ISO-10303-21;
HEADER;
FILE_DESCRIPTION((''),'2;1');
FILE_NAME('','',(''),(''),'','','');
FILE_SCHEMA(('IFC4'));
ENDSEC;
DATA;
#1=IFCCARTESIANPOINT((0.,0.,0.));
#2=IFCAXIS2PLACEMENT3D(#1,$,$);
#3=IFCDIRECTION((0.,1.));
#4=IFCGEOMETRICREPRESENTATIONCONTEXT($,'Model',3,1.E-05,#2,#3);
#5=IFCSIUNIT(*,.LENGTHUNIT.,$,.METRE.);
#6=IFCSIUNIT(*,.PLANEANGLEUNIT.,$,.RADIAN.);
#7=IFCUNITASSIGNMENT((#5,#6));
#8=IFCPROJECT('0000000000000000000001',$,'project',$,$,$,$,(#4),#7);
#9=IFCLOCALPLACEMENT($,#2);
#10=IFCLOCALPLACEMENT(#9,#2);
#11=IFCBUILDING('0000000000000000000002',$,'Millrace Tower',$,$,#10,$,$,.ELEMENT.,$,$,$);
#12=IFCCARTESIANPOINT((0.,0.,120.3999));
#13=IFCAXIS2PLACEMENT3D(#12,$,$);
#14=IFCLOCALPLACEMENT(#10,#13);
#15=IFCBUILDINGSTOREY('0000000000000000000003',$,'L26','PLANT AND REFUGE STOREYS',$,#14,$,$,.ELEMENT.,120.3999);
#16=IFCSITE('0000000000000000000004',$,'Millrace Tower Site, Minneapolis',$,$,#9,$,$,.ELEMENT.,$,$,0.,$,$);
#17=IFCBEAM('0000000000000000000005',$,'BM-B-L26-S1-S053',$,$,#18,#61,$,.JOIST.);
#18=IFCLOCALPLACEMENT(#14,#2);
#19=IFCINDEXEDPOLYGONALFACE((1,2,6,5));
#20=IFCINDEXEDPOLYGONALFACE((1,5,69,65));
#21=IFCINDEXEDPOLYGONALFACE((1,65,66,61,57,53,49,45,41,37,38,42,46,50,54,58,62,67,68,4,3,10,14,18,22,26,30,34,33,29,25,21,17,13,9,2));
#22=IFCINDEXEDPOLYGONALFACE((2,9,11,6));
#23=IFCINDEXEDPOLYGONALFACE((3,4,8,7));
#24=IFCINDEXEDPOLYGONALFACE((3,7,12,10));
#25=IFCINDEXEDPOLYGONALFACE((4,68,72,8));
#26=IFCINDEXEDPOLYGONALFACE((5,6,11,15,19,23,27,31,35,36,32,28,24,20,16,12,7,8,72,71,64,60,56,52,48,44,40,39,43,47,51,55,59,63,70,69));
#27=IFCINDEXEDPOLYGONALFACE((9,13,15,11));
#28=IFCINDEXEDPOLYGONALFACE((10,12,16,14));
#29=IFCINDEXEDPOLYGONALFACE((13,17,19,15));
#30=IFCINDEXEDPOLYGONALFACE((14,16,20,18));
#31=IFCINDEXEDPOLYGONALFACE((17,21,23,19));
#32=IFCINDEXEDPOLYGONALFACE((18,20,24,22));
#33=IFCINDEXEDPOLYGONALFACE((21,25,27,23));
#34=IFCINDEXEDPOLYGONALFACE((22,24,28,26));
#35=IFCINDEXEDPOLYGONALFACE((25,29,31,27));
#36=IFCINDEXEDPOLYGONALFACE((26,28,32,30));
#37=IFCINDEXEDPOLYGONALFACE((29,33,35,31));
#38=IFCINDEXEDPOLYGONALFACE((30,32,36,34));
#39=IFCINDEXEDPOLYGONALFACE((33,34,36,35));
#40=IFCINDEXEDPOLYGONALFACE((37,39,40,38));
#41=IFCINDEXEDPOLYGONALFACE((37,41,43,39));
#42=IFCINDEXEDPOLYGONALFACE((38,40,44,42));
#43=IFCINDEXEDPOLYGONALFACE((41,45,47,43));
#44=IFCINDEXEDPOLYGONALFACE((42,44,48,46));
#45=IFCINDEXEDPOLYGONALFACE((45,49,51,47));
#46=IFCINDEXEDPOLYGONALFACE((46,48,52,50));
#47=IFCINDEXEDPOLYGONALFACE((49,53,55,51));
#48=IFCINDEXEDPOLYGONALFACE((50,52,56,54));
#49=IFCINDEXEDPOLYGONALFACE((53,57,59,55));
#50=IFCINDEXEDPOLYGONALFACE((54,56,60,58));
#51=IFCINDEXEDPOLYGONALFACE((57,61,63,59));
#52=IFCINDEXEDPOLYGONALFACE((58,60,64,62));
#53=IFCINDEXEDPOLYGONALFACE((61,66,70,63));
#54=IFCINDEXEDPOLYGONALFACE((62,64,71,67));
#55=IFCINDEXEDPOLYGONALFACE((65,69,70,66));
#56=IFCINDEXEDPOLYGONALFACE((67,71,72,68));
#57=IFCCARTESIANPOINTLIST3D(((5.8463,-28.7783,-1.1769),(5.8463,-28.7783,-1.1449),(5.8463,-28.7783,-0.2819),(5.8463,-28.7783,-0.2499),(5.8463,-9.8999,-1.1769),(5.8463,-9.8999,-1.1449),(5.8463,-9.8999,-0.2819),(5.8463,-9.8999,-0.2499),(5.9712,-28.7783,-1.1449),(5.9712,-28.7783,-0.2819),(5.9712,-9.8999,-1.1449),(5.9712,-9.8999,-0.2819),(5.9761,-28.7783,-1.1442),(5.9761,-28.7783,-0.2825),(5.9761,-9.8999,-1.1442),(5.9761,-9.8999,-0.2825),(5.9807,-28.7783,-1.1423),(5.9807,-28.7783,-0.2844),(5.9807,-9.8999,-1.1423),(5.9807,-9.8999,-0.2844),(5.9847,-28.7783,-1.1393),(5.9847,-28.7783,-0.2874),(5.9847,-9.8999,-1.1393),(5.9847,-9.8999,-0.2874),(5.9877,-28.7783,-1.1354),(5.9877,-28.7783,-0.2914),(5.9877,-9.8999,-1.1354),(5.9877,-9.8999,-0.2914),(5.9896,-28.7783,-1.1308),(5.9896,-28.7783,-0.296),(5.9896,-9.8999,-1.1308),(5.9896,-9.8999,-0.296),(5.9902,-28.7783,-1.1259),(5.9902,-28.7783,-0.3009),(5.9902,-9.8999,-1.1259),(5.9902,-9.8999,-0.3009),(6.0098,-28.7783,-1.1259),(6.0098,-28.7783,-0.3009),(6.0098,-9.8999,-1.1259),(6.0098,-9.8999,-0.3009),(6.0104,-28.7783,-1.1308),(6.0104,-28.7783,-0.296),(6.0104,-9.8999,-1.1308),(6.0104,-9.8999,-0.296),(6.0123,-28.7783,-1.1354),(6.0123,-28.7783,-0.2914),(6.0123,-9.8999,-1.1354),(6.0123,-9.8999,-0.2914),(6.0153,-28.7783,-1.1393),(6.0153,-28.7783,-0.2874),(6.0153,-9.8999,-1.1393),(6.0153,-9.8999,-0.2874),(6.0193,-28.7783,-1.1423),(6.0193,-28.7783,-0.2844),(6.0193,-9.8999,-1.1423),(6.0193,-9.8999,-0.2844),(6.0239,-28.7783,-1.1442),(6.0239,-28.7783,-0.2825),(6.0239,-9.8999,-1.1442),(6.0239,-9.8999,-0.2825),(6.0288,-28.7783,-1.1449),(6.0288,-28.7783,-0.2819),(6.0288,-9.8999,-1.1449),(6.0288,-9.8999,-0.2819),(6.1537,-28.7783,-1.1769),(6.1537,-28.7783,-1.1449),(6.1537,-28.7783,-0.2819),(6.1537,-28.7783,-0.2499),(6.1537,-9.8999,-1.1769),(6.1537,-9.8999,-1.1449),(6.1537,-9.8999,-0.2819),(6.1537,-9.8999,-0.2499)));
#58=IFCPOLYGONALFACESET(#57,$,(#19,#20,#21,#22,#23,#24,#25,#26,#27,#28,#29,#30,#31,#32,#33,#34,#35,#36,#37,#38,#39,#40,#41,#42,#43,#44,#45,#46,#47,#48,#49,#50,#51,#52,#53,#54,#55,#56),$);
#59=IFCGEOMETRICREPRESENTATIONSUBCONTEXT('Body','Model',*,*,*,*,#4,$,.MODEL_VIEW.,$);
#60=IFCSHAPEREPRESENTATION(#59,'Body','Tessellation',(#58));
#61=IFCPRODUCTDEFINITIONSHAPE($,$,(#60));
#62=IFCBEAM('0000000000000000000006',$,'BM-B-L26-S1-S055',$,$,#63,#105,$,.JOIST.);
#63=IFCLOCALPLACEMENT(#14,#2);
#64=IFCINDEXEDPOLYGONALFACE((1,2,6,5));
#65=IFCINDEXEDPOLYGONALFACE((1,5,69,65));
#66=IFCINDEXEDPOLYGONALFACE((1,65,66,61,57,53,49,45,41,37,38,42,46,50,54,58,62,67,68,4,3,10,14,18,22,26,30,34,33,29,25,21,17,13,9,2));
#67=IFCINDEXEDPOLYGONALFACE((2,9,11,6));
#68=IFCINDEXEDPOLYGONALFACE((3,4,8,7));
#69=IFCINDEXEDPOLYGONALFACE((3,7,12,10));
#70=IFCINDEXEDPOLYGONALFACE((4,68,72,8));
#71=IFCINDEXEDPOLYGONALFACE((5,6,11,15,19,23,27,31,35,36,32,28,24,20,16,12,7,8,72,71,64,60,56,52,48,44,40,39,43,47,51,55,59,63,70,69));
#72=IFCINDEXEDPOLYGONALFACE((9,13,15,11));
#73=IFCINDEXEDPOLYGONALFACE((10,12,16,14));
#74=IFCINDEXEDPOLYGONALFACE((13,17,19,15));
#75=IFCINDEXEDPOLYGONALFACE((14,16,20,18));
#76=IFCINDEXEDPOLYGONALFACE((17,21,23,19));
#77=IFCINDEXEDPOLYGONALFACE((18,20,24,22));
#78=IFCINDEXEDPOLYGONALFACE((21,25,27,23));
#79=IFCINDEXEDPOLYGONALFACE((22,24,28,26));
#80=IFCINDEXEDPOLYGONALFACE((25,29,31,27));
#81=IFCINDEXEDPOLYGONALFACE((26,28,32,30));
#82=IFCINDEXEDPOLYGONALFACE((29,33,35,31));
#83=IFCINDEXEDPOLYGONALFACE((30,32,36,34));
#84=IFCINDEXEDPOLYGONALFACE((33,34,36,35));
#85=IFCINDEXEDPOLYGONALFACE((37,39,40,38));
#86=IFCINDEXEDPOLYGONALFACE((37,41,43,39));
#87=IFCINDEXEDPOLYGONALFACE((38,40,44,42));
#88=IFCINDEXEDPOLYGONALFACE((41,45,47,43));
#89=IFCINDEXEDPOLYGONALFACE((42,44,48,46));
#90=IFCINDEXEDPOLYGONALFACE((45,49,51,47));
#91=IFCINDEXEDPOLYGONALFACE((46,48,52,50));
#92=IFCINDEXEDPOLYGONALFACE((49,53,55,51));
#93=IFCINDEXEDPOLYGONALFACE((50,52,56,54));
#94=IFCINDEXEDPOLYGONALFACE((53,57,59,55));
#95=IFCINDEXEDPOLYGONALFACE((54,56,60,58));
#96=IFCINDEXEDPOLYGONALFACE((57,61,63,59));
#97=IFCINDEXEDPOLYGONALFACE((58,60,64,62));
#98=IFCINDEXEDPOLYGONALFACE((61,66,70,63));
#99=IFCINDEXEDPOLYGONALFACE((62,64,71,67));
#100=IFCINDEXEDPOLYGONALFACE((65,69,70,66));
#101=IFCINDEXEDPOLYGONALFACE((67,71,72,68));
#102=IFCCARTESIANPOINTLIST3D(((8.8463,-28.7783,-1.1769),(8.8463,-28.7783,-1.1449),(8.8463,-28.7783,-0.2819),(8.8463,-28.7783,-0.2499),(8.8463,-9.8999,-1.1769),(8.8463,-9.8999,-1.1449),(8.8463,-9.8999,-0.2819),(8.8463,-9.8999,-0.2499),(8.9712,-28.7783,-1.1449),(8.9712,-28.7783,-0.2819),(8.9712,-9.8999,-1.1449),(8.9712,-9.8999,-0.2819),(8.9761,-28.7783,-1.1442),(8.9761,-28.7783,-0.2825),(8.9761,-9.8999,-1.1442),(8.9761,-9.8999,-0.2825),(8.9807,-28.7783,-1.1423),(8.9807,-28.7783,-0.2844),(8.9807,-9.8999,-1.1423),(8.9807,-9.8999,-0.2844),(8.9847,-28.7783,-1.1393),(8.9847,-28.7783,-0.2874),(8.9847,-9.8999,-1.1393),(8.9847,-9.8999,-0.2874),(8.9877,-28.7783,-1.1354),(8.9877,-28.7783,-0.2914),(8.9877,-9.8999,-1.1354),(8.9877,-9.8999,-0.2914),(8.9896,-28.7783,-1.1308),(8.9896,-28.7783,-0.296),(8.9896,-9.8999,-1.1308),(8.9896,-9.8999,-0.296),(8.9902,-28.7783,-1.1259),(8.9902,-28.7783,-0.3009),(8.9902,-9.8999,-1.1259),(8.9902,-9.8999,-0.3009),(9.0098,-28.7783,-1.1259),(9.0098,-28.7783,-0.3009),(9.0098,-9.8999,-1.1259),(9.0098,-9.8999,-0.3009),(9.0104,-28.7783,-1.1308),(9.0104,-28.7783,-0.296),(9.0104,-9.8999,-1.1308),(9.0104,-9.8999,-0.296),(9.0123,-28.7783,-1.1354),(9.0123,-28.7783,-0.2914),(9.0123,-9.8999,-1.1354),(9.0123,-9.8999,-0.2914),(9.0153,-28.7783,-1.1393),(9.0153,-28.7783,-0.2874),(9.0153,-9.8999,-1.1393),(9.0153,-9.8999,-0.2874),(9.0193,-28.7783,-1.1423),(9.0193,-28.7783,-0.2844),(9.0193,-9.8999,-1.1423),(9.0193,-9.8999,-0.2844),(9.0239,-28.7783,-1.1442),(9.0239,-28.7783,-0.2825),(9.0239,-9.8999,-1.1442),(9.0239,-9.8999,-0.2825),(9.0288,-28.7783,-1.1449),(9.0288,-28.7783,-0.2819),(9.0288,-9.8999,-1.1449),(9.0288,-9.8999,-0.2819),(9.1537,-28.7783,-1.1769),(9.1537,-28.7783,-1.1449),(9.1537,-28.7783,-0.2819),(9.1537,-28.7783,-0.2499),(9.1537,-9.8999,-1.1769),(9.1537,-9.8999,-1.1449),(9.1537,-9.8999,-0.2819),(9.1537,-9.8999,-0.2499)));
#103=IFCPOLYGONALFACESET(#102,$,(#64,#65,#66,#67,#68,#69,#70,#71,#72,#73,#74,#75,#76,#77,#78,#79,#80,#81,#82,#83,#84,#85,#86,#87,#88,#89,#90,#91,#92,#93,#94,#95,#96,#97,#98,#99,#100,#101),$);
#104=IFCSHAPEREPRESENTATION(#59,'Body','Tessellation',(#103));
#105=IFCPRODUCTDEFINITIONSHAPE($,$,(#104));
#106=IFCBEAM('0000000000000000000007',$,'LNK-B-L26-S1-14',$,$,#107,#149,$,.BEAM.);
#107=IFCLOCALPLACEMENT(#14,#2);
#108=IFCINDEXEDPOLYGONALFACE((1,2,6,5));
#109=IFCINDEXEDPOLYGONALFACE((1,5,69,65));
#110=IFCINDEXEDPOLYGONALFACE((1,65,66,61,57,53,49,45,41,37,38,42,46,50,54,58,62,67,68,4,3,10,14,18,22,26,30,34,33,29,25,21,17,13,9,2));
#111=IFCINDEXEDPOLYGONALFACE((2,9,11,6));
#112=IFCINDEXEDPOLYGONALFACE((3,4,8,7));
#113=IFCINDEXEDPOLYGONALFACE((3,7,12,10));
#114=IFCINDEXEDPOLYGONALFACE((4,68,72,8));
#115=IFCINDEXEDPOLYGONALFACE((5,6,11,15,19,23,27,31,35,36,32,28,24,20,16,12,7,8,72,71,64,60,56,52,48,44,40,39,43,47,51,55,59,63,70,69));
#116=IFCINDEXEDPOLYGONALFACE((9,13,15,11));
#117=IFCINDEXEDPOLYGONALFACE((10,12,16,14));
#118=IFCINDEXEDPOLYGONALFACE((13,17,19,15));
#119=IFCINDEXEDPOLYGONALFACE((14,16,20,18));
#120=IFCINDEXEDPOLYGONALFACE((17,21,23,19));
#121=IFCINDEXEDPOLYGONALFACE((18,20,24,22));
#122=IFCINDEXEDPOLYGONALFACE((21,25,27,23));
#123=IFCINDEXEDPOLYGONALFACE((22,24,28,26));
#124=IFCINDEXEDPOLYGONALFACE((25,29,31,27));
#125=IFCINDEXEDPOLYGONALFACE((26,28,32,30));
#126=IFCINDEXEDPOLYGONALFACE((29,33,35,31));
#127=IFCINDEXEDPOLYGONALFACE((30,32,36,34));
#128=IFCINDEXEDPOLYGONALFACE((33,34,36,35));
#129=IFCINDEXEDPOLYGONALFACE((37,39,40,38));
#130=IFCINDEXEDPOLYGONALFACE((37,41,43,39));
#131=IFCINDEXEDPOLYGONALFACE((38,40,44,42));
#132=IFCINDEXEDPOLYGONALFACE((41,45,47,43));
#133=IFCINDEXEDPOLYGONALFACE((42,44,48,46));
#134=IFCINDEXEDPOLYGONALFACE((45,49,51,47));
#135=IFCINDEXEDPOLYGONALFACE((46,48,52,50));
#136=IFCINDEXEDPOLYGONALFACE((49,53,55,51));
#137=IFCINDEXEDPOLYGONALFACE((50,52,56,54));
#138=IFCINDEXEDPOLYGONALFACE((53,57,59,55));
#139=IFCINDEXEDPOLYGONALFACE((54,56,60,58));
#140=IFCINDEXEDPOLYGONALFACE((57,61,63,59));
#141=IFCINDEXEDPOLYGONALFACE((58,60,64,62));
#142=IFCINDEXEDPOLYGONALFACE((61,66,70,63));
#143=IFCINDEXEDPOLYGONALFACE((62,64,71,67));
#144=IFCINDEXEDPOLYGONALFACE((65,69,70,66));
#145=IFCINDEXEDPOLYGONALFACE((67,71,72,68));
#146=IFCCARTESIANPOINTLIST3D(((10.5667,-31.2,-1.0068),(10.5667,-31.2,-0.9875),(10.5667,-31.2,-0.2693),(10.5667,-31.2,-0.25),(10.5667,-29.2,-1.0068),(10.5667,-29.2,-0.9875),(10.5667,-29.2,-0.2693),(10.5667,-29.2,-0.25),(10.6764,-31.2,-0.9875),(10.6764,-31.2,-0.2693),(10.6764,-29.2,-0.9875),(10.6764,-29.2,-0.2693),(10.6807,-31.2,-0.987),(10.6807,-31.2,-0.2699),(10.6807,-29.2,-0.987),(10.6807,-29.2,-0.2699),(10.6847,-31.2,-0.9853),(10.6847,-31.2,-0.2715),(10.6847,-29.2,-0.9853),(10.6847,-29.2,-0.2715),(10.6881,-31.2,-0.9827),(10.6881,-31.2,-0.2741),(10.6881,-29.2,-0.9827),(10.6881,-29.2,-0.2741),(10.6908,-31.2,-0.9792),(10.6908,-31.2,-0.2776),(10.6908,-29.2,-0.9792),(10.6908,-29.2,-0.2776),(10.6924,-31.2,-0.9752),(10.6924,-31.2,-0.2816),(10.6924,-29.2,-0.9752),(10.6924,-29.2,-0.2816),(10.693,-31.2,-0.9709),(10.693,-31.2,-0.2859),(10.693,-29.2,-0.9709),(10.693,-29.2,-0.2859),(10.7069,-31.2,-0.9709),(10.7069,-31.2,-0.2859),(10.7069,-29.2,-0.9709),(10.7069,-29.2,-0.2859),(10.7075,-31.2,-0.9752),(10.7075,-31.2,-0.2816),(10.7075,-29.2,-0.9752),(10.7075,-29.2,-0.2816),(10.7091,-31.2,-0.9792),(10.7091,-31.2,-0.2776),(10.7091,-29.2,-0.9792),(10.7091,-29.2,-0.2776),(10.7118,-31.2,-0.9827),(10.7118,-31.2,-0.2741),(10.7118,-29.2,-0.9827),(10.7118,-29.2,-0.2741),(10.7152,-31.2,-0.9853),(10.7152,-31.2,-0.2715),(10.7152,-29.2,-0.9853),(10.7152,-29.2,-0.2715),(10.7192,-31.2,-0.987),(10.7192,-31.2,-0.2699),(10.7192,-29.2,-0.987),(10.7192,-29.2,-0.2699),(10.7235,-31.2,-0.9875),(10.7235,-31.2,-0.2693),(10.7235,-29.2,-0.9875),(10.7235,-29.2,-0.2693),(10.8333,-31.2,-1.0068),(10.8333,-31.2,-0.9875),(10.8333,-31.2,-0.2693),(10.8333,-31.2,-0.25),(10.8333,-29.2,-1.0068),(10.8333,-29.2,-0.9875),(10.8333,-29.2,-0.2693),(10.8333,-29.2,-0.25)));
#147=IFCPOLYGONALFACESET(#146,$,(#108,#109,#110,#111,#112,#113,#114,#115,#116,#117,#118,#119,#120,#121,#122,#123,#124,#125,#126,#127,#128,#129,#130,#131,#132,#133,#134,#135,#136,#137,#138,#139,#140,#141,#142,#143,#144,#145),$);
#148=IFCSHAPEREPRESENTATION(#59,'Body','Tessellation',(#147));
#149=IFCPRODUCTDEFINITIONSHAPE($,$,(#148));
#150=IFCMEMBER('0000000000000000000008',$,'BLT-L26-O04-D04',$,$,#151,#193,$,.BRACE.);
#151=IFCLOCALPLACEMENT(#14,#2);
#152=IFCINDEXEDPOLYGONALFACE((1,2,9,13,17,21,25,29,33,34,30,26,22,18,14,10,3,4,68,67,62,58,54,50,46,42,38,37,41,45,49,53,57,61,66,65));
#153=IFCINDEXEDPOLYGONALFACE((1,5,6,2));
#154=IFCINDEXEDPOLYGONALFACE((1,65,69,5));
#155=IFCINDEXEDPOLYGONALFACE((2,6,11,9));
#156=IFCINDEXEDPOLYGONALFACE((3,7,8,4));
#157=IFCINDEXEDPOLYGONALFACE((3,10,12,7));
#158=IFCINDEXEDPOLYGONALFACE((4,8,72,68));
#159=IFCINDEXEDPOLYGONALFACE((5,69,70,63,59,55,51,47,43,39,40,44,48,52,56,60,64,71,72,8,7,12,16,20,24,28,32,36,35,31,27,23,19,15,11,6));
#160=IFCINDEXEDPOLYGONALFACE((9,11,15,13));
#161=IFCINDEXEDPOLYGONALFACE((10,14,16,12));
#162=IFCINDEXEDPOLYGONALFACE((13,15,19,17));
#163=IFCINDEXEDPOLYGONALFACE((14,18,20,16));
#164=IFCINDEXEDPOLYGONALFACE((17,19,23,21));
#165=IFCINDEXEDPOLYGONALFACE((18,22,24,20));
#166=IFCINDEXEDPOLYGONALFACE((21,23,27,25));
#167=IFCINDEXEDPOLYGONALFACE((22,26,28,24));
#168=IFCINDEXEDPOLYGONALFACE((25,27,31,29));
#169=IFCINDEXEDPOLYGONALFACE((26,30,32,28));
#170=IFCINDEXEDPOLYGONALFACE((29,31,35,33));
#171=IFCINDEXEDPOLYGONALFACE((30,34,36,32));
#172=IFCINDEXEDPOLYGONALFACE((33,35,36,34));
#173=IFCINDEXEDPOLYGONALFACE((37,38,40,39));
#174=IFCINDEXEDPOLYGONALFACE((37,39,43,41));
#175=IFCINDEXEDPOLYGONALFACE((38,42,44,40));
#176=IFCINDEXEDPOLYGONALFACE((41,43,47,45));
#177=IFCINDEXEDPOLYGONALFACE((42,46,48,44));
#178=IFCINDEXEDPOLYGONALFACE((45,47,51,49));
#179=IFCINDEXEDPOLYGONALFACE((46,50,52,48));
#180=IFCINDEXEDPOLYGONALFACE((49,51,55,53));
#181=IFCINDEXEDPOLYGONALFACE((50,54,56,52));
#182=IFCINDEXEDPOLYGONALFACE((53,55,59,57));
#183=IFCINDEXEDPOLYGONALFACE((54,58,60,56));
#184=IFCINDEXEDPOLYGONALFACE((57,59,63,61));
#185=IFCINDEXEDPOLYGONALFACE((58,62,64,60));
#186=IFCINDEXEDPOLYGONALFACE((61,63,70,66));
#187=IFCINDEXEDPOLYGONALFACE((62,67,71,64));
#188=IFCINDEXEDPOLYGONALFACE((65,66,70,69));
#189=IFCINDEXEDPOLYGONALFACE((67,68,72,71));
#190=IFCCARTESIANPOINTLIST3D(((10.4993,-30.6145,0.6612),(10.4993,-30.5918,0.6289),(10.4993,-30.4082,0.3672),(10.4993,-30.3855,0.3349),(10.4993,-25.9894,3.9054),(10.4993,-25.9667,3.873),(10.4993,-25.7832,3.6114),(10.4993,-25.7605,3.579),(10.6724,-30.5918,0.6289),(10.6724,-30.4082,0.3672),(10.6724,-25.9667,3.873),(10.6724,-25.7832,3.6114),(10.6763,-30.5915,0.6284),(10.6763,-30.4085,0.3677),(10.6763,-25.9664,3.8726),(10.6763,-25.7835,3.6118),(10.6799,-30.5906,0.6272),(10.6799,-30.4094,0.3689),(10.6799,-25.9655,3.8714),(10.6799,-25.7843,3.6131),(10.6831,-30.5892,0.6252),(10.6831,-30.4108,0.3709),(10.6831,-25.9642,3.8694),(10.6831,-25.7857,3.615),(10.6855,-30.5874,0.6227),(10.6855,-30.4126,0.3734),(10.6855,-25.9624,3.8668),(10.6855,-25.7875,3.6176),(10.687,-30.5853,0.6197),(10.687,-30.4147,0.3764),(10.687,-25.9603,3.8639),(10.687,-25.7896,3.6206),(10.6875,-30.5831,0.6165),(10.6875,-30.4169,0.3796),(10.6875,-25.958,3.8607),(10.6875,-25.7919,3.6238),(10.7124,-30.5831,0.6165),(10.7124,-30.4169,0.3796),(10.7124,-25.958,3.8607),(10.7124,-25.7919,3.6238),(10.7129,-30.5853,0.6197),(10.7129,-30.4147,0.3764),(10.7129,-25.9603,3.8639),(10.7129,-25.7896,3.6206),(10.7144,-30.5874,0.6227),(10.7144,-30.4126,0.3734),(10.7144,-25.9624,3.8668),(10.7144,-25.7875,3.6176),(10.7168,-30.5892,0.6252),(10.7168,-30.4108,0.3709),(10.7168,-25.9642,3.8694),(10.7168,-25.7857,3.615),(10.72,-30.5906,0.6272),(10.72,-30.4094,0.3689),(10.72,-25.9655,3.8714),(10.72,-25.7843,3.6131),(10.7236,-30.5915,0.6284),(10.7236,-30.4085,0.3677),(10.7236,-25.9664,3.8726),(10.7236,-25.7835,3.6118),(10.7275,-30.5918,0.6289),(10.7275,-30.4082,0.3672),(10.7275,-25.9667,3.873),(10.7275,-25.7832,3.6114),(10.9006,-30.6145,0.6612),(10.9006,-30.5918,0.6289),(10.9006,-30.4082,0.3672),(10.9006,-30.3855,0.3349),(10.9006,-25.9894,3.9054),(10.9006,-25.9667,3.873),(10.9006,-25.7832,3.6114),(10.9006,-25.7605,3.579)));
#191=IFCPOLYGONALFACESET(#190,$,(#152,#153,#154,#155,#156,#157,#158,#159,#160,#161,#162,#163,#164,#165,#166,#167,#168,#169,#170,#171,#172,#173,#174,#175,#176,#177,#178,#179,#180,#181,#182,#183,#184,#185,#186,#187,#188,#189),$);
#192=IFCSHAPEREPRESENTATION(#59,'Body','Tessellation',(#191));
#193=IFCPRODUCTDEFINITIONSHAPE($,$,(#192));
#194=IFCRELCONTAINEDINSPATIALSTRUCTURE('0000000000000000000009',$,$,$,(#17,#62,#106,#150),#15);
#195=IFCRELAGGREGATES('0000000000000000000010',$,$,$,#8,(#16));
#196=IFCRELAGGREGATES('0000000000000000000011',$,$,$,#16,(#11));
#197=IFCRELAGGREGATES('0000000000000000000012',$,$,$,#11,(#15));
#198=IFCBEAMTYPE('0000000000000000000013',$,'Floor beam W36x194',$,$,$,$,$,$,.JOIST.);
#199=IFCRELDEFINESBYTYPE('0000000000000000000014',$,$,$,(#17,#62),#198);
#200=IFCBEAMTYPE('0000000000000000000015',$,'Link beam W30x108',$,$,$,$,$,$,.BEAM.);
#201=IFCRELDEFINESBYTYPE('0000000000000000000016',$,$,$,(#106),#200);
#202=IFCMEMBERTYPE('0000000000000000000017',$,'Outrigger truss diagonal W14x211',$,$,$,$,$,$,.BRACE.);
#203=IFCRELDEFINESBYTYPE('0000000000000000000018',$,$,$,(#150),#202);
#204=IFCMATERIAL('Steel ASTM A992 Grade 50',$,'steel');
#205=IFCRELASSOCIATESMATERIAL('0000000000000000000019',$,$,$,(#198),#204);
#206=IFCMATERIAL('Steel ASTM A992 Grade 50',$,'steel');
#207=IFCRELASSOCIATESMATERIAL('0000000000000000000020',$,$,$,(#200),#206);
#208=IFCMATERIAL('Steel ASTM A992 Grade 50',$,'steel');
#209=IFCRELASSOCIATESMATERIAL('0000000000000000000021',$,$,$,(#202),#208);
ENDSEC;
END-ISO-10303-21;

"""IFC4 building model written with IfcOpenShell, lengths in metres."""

from ifc_helpers import new_model, si_unit, direction, frame, origin, origin_2d, place, context, subcontext, project, spatial, i_section, extrude, material, material_profile, profile_set, type_object, element, save


model = new_model("IFC4")

# Units and contexts
model_context = context("Model", 3, precision=1e-05, world=origin(), true_north=direction((0.0, 1.0)))
body_context = subcontext(model_context, "Body", "Model", "MODEL_VIEW")
ifc_project = project(units=[si_unit("LENGTHUNIT", "METRE"), si_unit("PLANEANGLEUNIT", "RADIAN")], contexts=[model_context])

# Site, building, storey
site_placement = place(None, origin())
site = spatial("IfcSite", under=ifc_project, at=site_placement, Name="Millrace Tower Site, Minneapolis", CompositionType="ELEMENT", RefElevation=0.0)
building_placement = place(site_placement, origin())
building = spatial("IfcBuilding", under=site, at=building_placement, Name="Millrace Tower", CompositionType="ELEMENT")
storey_placement = place(building_placement, frame((0.0, 0.0, 120.3999)))
storey = spatial("IfcBuildingStorey", under=building, at=storey_placement, Name="L26", Description="PLANT AND REFUGE STOREYS", CompositionType="ELEMENT", Elevation=120.3999)

# Beams
ifc_material_1 = material(Name="Steel ASTM A992 Grade 50", Category="steel")
ifc_material_profile_1 = material_profile(ifc_material_1, i_section(OverallWidth=0.3074, OverallDepth=0.927, WebThickness=0.0195, FlangeThickness=0.032, FilletRadius=0.019, at=origin_2d()))
ifc_profile_set_1 = profile_set([ifc_material_profile_1], Name="Steel ASTM A992 Grade 50")
beam_type_1 = type_object("IfcBeamType", Name="Floor beam W36x194", PredefinedType="JOIST", material=ifc_profile_set_1)
for number, where, z_axis, x_axis, name in (
    (1, (6.0, -28.7783, -0.7134), (0.0, 1.0, 0.0), (-1.0, 0.0, 0.0), "BM-B-L26-S1-S053"),
    (2, (9.0, -28.7783, -0.7134), (0.0, 1.0, 0.0), (-1.0, 0.0, 0.0), "BM-B-L26-S1-S055"),
):
    element("IfcBeam", number, at=place(storey_placement, frame(where, z_axis=z_axis, x_axis=x_axis)), inside=storey, type_object=beam_type_1, Name=name, PredefinedType="JOIST", context=body_context, shape_type="SweptSolid", body=[
        extrude(i_section(OverallWidth=0.3074, OverallDepth=0.927, WebThickness=0.0195, FlangeThickness=0.032, FilletRadius=0.019, at=origin_2d()), origin(), (0.0, 0.0, 1.0), 18.8784),
    ])
ifc_material_2 = material(Name="Steel ASTM A992 Grade 50", Category="steel")
ifc_material_profile_2 = material_profile(ifc_material_2, i_section(OverallWidth=0.2666, OverallDepth=0.7568, WebThickness=0.0139, FlangeThickness=0.0193, FilletRadius=0.0166, at=origin_2d()))
ifc_profile_set_2 = profile_set([ifc_material_profile_2], Name="Steel ASTM A992 Grade 50")
beam_type_2 = type_object("IfcBeamType", Name="Link beam W30x108", PredefinedType="BEAM", material=ifc_profile_set_2)
beam_1_placement = place(storey_placement, frame((10.7, -29.2, -0.6284), z_axis=(0.0, -1.0, 0.0), x_axis=(1.0, 0.0, 0.0)))
element("IfcBeam", 3, at=beam_1_placement, inside=storey, type_object=beam_type_2, Name="LNK-B-L26-S1-14", PredefinedType="BEAM", context=body_context, shape_type="SweptSolid", body=[
    extrude(i_section(OverallWidth=0.2666, OverallDepth=0.7568, WebThickness=0.0139, FlangeThickness=0.0193, FilletRadius=0.0166, at=origin_2d()), origin(), (0.0, 0.0, 1.0), 2.0),
])

# Member
ifc_material_3 = material(Name="Steel ASTM A992 Grade 50", Category="steel")
ifc_material_profile_3 = material_profile(ifc_material_3, i_section(OverallWidth=0.4014, OverallDepth=0.3987, WebThickness=0.0249, FlangeThickness=0.0396, FilletRadius=0.0151, at=origin_2d()))
ifc_profile_set_3 = profile_set([ifc_material_profile_3], Name="Steel ASTM A992 Grade 50")
member_type_1 = type_object("IfcMemberType", Name="Outrigger truss diagonal W14x211", PredefinedType="BRACE", material=ifc_profile_set_3)
member_1_placement = place(storey_placement, frame((10.7, -30.5, 0.498), z_axis=(0.0, 0.818679, 0.574251), x_axis=(-1.0, 0.0, 0.0)))
element("IfcMember", 4, at=member_1_placement, inside=storey, type_object=member_type_1, Name="BLT-L26-O04-D04", PredefinedType="BRACE", context=body_context, shape_type="SweptSolid", body=[
    extrude(i_section(OverallWidth=0.4014, OverallDepth=0.3987, WebThickness=0.0249, FlangeThickness=0.0396, FilletRadius=0.0151, at=origin_2d()), origin(), (0.0, 0.0, 1.0), 5.6494),
])

save(model, "model.ifc")
